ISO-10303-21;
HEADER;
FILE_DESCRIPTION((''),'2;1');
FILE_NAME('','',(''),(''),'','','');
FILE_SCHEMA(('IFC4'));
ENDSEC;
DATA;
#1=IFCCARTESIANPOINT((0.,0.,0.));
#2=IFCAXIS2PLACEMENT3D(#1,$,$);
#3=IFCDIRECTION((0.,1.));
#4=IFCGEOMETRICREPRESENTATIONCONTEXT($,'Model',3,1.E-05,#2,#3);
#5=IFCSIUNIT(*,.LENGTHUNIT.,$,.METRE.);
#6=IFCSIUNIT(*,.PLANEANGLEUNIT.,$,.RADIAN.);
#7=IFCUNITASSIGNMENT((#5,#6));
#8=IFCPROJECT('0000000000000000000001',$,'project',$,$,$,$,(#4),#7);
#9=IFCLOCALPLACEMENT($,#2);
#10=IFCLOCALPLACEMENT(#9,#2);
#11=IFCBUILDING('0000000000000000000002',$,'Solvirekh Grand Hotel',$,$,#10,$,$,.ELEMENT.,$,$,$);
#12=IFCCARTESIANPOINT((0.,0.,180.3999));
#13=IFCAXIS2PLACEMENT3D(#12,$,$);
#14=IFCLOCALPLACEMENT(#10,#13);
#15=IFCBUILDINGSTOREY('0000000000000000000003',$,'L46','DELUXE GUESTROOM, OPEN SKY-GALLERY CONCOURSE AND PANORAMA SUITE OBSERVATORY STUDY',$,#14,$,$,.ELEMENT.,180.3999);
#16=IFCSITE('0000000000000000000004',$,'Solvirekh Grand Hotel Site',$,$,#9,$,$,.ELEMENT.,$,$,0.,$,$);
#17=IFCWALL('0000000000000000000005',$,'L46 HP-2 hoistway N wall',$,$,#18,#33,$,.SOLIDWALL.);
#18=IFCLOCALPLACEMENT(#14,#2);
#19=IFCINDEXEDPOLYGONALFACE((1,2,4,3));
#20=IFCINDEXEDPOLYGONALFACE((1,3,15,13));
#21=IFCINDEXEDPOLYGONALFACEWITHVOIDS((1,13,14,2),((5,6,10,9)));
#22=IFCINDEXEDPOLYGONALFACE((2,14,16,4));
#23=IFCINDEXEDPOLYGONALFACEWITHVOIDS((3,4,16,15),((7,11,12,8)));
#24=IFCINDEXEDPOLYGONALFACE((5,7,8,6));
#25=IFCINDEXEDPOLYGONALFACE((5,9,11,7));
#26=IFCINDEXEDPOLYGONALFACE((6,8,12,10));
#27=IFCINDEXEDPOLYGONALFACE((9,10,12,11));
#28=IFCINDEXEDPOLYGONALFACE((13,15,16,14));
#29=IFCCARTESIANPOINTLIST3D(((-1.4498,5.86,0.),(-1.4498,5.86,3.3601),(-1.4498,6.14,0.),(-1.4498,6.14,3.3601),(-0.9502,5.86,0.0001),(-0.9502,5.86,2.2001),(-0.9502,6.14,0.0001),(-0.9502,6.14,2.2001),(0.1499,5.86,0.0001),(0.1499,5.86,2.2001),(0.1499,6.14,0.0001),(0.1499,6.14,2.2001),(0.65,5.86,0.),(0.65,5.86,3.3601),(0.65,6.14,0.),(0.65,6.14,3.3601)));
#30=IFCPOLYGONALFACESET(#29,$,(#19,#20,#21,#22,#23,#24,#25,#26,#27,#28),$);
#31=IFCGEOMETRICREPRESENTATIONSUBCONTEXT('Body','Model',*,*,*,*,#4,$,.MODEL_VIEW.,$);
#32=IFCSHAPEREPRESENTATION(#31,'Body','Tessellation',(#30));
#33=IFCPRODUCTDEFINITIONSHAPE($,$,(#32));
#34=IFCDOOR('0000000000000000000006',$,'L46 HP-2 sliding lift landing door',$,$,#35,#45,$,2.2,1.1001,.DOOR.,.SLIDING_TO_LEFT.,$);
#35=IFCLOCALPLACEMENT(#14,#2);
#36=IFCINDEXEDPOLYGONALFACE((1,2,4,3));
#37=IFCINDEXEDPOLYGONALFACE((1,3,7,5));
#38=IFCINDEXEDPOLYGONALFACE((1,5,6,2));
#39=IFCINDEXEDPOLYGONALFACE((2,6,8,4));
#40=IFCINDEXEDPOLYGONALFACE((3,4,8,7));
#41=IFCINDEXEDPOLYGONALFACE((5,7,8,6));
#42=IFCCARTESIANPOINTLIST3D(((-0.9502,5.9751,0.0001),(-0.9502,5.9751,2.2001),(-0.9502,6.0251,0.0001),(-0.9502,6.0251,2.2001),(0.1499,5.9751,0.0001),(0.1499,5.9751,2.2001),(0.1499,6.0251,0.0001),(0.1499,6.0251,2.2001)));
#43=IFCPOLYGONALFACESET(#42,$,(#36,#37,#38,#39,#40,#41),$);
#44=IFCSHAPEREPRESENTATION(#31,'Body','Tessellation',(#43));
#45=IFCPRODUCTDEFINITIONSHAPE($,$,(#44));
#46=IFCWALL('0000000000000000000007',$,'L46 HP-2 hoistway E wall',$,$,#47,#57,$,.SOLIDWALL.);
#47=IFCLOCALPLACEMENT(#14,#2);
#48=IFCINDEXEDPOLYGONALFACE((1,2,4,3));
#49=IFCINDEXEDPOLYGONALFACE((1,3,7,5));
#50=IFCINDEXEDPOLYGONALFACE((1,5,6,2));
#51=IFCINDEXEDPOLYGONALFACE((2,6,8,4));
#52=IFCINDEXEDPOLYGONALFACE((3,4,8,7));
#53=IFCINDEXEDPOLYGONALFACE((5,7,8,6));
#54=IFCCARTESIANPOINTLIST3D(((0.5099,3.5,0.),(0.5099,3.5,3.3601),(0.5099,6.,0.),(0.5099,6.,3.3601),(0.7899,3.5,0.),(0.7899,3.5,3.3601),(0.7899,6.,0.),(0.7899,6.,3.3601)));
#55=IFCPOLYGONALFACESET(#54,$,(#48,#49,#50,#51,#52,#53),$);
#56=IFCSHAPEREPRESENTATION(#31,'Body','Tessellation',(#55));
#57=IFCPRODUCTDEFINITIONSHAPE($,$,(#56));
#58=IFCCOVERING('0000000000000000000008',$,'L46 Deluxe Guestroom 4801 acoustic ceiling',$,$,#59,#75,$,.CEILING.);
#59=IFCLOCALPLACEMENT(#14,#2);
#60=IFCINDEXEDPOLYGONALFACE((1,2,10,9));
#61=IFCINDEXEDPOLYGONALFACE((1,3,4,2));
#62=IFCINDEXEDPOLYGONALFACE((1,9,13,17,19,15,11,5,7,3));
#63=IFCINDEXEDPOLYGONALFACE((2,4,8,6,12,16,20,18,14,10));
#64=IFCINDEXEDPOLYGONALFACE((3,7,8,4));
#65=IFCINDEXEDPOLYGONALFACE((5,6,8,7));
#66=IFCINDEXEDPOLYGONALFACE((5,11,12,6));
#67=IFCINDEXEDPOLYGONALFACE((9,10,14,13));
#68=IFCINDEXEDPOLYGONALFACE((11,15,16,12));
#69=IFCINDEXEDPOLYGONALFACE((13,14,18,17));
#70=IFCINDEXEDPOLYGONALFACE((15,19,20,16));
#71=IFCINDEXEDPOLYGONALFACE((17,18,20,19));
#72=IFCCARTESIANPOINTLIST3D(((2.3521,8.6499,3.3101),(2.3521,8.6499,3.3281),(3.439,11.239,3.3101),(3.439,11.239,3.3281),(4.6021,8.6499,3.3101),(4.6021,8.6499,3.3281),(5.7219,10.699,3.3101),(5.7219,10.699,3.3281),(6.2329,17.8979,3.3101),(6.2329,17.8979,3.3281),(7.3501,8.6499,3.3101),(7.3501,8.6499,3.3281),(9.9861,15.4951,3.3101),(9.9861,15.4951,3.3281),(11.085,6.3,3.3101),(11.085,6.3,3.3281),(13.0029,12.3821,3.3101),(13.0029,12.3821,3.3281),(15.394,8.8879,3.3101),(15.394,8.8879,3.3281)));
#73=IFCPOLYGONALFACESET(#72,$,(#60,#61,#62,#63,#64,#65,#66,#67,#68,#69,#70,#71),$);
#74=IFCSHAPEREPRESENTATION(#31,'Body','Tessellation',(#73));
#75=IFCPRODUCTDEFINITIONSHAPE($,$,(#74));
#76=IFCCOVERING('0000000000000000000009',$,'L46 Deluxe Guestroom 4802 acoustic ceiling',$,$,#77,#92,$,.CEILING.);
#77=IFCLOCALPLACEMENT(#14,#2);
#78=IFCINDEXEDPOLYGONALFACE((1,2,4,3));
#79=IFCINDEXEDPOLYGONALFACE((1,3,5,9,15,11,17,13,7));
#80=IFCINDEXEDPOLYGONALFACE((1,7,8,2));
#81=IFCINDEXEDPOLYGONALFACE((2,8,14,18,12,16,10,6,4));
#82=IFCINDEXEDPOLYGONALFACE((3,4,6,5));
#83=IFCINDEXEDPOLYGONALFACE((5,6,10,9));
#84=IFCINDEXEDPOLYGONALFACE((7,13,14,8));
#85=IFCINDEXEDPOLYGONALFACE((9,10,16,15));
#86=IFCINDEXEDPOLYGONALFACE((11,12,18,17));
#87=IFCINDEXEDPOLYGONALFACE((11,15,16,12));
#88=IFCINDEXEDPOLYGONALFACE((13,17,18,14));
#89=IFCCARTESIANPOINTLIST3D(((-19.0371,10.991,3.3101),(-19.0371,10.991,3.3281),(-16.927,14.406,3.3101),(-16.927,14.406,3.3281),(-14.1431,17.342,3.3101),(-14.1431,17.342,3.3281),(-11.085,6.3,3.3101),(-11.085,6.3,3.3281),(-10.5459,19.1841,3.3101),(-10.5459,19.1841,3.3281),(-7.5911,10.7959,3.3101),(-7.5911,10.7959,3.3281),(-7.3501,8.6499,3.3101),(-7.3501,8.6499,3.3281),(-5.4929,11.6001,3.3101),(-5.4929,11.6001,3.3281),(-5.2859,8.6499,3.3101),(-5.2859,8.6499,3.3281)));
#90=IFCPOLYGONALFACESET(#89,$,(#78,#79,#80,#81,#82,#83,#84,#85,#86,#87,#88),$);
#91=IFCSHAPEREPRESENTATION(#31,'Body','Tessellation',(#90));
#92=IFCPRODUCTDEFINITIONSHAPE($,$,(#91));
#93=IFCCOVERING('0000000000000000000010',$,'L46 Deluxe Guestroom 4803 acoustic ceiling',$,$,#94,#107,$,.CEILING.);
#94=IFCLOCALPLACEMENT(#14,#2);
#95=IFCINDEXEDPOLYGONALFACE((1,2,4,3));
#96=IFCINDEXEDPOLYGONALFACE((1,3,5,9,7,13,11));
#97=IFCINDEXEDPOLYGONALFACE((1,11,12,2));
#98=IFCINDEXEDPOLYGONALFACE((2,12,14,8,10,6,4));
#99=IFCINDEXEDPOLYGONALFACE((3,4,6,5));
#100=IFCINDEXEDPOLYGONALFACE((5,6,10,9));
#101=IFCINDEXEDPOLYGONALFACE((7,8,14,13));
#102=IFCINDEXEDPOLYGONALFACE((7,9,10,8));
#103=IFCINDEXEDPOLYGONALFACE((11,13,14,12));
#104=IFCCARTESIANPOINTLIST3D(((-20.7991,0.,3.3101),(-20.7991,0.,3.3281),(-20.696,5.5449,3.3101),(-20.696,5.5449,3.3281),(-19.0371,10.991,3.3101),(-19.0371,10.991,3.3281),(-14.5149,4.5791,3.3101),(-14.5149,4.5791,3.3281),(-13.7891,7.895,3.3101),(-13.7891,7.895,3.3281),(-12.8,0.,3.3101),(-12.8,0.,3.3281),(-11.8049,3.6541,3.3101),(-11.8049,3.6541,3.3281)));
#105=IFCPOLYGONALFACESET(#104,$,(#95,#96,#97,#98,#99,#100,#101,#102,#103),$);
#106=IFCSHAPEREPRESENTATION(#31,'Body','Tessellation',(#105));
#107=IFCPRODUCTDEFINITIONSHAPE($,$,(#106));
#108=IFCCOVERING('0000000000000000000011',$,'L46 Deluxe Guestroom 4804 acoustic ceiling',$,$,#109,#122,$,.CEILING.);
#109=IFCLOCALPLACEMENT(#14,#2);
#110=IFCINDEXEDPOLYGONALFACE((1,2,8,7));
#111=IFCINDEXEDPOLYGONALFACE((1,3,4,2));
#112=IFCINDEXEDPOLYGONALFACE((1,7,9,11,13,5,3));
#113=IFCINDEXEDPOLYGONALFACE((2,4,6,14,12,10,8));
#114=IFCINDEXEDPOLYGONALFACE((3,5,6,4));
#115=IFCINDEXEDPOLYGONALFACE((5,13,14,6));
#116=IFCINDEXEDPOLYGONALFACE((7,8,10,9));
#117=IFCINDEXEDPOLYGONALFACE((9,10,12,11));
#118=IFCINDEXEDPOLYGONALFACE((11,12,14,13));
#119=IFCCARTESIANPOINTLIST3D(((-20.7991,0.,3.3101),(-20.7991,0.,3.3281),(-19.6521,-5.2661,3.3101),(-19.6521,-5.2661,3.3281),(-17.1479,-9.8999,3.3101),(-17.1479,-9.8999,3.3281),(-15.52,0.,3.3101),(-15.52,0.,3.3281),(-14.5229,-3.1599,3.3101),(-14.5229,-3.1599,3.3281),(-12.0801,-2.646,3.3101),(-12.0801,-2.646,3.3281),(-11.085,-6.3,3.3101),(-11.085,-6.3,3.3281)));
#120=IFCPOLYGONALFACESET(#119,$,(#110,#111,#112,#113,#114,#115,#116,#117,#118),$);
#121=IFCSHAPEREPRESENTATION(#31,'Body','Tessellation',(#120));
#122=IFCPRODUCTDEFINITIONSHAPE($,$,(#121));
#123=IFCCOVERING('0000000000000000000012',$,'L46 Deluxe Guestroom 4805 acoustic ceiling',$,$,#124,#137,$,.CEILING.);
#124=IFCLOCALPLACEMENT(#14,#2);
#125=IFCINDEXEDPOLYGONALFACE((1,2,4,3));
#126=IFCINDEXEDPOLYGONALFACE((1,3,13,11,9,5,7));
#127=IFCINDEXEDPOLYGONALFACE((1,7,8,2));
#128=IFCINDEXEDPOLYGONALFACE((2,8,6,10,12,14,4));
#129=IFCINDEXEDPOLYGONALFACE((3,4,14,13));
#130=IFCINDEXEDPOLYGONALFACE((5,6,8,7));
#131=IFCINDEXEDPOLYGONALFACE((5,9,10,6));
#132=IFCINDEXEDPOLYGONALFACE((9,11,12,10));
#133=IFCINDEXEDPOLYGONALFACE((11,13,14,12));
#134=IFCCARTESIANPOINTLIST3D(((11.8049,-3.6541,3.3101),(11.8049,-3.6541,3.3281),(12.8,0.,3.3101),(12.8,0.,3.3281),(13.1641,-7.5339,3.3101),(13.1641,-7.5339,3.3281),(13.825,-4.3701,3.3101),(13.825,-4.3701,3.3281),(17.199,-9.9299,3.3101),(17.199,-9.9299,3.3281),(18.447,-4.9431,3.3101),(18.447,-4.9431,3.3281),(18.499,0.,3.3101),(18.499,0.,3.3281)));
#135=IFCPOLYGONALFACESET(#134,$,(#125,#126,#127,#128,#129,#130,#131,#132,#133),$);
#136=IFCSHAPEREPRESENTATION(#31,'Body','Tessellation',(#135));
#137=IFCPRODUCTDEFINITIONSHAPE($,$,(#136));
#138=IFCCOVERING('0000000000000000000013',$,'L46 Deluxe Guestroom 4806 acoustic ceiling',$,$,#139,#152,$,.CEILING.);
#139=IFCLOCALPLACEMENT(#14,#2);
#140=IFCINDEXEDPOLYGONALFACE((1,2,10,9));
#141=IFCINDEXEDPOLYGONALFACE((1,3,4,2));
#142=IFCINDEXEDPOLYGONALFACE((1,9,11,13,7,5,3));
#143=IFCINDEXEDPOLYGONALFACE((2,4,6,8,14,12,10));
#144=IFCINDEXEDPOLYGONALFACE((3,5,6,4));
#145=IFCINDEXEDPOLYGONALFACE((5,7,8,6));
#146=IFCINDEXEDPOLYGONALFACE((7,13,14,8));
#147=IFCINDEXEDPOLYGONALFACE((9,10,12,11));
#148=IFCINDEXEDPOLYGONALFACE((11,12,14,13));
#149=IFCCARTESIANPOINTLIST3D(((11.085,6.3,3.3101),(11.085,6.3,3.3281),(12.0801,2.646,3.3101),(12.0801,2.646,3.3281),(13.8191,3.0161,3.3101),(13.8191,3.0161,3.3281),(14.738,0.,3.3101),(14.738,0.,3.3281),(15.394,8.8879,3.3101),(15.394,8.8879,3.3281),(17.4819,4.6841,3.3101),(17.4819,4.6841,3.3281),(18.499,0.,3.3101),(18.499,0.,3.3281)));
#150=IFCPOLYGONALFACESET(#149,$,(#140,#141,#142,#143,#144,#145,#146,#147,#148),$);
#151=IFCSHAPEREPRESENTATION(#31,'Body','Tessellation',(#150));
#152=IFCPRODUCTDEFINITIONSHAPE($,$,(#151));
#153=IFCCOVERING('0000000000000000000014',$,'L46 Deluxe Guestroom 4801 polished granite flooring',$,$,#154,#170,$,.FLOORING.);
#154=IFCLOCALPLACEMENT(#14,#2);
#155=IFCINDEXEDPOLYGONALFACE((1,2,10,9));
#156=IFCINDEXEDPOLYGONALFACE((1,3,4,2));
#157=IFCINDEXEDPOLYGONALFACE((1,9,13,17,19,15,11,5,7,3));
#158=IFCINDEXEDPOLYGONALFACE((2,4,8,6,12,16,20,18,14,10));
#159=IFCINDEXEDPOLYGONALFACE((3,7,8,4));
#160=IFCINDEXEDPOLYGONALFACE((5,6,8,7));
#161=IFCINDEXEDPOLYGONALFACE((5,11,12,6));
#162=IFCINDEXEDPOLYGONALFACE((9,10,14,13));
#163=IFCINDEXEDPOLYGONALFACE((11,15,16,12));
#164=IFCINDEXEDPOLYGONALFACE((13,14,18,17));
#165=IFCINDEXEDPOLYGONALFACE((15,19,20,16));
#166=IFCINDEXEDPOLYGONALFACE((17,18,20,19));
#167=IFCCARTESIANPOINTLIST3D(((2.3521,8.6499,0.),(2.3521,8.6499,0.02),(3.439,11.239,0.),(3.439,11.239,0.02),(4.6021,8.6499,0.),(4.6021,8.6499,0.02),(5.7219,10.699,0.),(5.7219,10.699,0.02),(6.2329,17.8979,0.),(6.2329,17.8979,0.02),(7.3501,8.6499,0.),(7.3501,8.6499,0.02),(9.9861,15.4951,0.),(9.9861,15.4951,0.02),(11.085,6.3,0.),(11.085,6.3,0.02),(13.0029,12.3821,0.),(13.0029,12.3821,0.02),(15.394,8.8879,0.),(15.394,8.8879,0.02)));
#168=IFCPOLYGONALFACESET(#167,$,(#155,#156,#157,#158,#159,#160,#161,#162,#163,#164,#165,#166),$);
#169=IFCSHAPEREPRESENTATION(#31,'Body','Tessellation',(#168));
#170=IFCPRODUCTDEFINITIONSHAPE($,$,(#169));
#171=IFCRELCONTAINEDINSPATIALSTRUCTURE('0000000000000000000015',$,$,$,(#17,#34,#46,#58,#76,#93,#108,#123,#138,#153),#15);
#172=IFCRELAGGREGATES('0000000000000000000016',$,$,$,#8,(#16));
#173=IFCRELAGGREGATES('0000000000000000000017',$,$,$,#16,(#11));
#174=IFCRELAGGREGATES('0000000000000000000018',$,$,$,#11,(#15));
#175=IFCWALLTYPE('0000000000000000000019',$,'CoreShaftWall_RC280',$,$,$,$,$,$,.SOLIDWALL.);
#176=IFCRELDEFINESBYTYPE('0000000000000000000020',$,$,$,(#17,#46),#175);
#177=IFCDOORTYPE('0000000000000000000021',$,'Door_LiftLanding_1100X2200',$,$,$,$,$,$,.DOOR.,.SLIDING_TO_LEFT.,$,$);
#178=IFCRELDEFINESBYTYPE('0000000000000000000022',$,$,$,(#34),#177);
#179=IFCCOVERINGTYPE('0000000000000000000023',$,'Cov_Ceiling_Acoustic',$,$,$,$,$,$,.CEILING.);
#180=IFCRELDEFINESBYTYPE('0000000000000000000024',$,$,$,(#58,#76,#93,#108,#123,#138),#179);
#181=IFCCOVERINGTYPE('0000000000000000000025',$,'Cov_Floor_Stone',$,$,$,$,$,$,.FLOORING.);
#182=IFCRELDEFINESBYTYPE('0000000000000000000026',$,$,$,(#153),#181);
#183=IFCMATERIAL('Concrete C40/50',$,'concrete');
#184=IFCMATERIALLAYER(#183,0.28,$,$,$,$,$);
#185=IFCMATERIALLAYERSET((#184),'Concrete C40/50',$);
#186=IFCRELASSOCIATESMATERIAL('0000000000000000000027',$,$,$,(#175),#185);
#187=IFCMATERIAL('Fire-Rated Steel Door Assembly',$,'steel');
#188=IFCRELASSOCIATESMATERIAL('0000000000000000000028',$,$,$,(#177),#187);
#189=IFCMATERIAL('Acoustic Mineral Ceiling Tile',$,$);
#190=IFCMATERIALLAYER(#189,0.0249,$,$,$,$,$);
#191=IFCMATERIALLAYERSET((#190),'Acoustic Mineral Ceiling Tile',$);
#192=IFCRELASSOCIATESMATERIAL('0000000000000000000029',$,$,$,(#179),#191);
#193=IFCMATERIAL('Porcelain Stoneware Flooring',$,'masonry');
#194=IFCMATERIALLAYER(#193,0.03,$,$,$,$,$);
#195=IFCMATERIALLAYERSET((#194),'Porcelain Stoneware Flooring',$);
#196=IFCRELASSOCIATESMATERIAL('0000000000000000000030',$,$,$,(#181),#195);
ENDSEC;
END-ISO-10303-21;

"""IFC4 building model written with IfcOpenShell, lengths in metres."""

from ifc_helpers import new_model, si_unit, direction, frame, frame_2d, origin, place, context, subcontext, project, spatial, polyline, rectangle, outline, extrude, material, layer, layer_set, type_object, element, fill, save


model = new_model("IFC4")

# Units and contexts
model_context = context("Model", 3, precision=1e-05, world=origin(), true_north=direction((0.0, 1.0)))
body_context = subcontext(model_context, "Body", "Model", "MODEL_VIEW")
ifc_project = project(units=[si_unit("LENGTHUNIT", "METRE"), si_unit("PLANEANGLEUNIT", "RADIAN")], contexts=[model_context])

# Site, building, storey
site_placement = place(None, origin())
site = spatial("IfcSite", under=ifc_project, at=site_placement, Name="Solvirekh Grand Hotel Site", CompositionType="ELEMENT", RefElevation=0.0)
building_placement = place(site_placement, origin())
building = spatial("IfcBuilding", under=site, at=building_placement, Name="Solvirekh Grand Hotel", CompositionType="ELEMENT")
storey_placement = place(building_placement, frame((0.0, 0.0, 180.3999)))
storey = spatial("IfcBuildingStorey", under=building, at=storey_placement, Name="L46", Description="DELUXE GUESTROOM, OPEN SKY-GALLERY CONCOURSE AND PANORAMA SUITE OBSERVATORY STUDY", CompositionType="ELEMENT", Elevation=180.3999)

# Wall, opening, door
ifc_material_1 = material(Name="Concrete C40/50", Category="concrete")
ifc_layer_1 = layer(ifc_material_1, 0.28)
ifc_layer_set_1 = layer_set([ifc_layer_1], Name="Concrete C40/50")
wall_type = type_object("IfcWallType", Name="CoreShaftWall_RC280", PredefinedType="SOLIDWALL", material=ifc_layer_set_1)
wall_1_placement = place(storey_placement, frame((0.6499, 6.0, 0.0), z_axis=(0.0, 0.0, 1.0), x_axis=(-1.0, 0.0, 0.0)))
wall_1 = element("IfcWall", 1, at=wall_1_placement, inside=storey, type_object=wall_type, Name="L46 HP-2 hoistway N wall", PredefinedType="SOLIDWALL", context=body_context, shape_type="SweptSolid", body=[
    extrude(rectangle(XDim=2.0999, YDim=0.28, at=frame_2d((1.0498, 0.0))), origin(), (0.0, 0.0, 1.0), 3.3601),
])
opening_placement = place(wall_1_placement, frame((0.5, 0.0, 0.0)))
opening = element("IfcOpeningElement", 2, at=opening_placement, cuts=wall_1, PredefinedType="OPENING", context=body_context, shape_type="SweptSolid", body=[
    extrude(rectangle(XDim=1.1001, YDim=2.2, at=frame_2d((0.55, 1.1001))), frame((0.0, 0.1499, 0.0), z_axis=(0.0, -1.0, 0.0), x_axis=(1.0, 0.0, 0.0)), (0.0, 0.0, 1.0), 0.3),
])
ifc_material_2 = material(Name="Fire-Rated Steel Door Assembly", Category="steel")
door_type = type_object("IfcDoorType", Name="Door_LiftLanding_1100X2200", OperationType="SLIDING_TO_LEFT", PredefinedType="DOOR", material=ifc_material_2)
door_placement = place(opening_placement, origin())
door = element("IfcDoor", 3, at=door_placement, inside=storey, type_object=door_type, Name="L46 HP-2 sliding lift landing door", OperationType="SLIDING_TO_LEFT", OverallHeight=2.2, OverallWidth=1.1001, PredefinedType="DOOR", context=body_context, shape_type="SweptSolid", body=[
    extrude(rectangle(XDim=1.1001, YDim=2.2, at=frame_2d((0.55, 1.1001))), frame((0.0, 0.0249, 0.0), z_axis=(0.0, -1.0, 0.0), x_axis=(1.0, 0.0, 0.0)), (0.0, 0.0, 1.0), 0.05),
])
fill(opening, door)

# Wall
wall_2_placement = place(storey_placement, frame((0.6499, 3.5, 0.0), z_axis=(0.0, 0.0, 1.0), x_axis=(0.0, 1.0, 0.0)))
element("IfcWall", 4, at=wall_2_placement, inside=storey, type_object=wall_type, Name="L46 HP-2 hoistway E wall", PredefinedType="SOLIDWALL", context=body_context, shape_type="SweptSolid", body=[
    extrude(rectangle(XDim=2.5, YDim=0.28, at=frame_2d((1.25, 0.0))), origin(), (0.0, 0.0, 1.0), 3.3601),
])

# Coverings
ifc_material_3 = material(Name="Acoustic Mineral Ceiling Tile")
ifc_layer_2 = layer(ifc_material_3, 0.0249)
ifc_layer_set_2 = layer_set([ifc_layer_2], Name="Acoustic Mineral Ceiling Tile")
covering_type_1 = type_object("IfcCoveringType", Name="Cov_Ceiling_Acoustic", PredefinedType="CEILING", material=ifc_layer_set_2)
covering_1_placement = place(storey_placement, frame((0.0, 0.0, 3.3101)))
element("IfcCovering", 5, at=covering_1_placement, inside=storey, type_object=covering_type_1, Name="L46 Deluxe Guestroom 4801 acoustic ceiling", PredefinedType="CEILING", context=body_context, shape_type="SweptSolid", body=[
    extrude(outline(polyline([(2.3521, 8.6499), (3.439, 11.239), (5.7219, 10.699), (4.6021, 8.6499), (7.3501, 8.6499), (11.085, 6.3), (15.394, 8.8879), (13.0029, 12.3821), (9.9861, 15.4951), (6.2329, 17.8979), (2.3521, 8.6499)])), origin(), (0.0, 0.0, 1.0), 0.0181),
])
covering_2_placement = place(storey_placement, frame((0.0, 0.0, 3.3101)))
element("IfcCovering", 6, at=covering_2_placement, inside=storey, type_object=covering_type_1, Name="L46 Deluxe Guestroom 4802 acoustic ceiling", PredefinedType="CEILING", context=body_context, shape_type="SweptSolid", body=[
    extrude(outline(polyline([(-5.2859, 8.6499), (-7.5911, 10.7959), (-5.4929, 11.6001), (-10.5459, 19.1841), (-14.1431, 17.342), (-16.927, 14.406), (-19.0371, 10.991), (-11.085, 6.3), (-7.3501, 8.6499), (-5.2859, 8.6499)])), origin(), (0.0, 0.0, 1.0), 0.0181),
])
covering_3_placement = place(storey_placement, frame((0.0, 0.0, 3.3101)))
element("IfcCovering", 7, at=covering_3_placement, inside=storey, type_object=covering_type_1, Name="L46 Deluxe Guestroom 4803 acoustic ceiling", PredefinedType="CEILING", context=body_context, shape_type="SweptSolid", body=[
    extrude(outline(polyline([(-14.5149, 4.5791), (-13.7891, 7.895), (-19.0371, 10.991), (-20.696, 5.5449), (-20.7991, 0.0), (-12.8, 0.0), (-11.8049, 3.6541), (-14.5149, 4.5791)])), origin(), (0.0, 0.0, 1.0), 0.0181),
])
covering_4_placement = place(storey_placement, frame((0.0, 0.0, 3.3101)))
element("IfcCovering", 8, at=covering_4_placement, inside=storey, type_object=covering_type_1, Name="L46 Deluxe Guestroom 4804 acoustic ceiling", PredefinedType="CEILING", context=body_context, shape_type="SweptSolid", body=[
    extrude(outline(polyline([(-14.5229, -3.1599), (-15.52, 0.0), (-20.7991, 0.0), (-19.6521, -5.2661), (-17.1479, -9.8999), (-11.085, -6.3), (-12.0801, -2.646), (-14.5229, -3.1599)])), origin(), (0.0, 0.0, 1.0), 0.0181),
])
covering_5_placement = place(storey_placement, frame((0.0, 0.0, 3.3101)))
element("IfcCovering", 9, at=covering_5_placement, inside=storey, type_object=covering_type_1, Name="L46 Deluxe Guestroom 4805 acoustic ceiling", PredefinedType="CEILING", context=body_context, shape_type="SweptSolid", body=[
    extrude(outline(polyline([(13.825, -4.3701), (13.1641, -7.5339), (17.199, -9.9299), (18.447, -4.9431), (18.499, 0.0), (12.8, 0.0), (11.8049, -3.6541), (13.825, -4.3701)])), origin(), (0.0, 0.0, 1.0), 0.0181),
])
covering_6_placement = place(storey_placement, frame((0.0, 0.0, 3.3101)))
element("IfcCovering", 10, at=covering_6_placement, inside=storey, type_object=covering_type_1, Name="L46 Deluxe Guestroom 4806 acoustic ceiling", PredefinedType="CEILING", context=body_context, shape_type="SweptSolid", body=[
    extrude(outline(polyline([(13.8191, 3.0161), (14.738, 0.0), (18.499, 0.0), (17.4819, 4.6841), (15.394, 8.8879), (11.085, 6.3), (12.0801, 2.646), (13.8191, 3.0161)])), origin(), (0.0, 0.0, 1.0), 0.0181),
])
ifc_material_4 = material(Name="Porcelain Stoneware Flooring", Category="masonry")
ifc_layer_3 = layer(ifc_material_4, 0.03)
ifc_layer_set_3 = layer_set([ifc_layer_3], Name="Porcelain Stoneware Flooring")
covering_type_2 = type_object("IfcCoveringType", Name="Cov_Floor_Stone", PredefinedType="FLOORING", material=ifc_layer_set_3)
covering_7_placement = place(storey_placement, origin())
element("IfcCovering", 11, at=covering_7_placement, inside=storey, type_object=covering_type_2, Name="L46 Deluxe Guestroom 4801 polished granite flooring", PredefinedType="FLOORING", context=body_context, shape_type="SweptSolid", body=[
    extrude(outline(polyline([(2.3521, 8.6499), (3.439, 11.239), (5.7219, 10.699), (4.6021, 8.6499), (7.3501, 8.6499), (11.085, 6.3), (15.394, 8.8879), (13.0029, 12.3821), (9.9861, 15.4951), (6.2329, 17.8979), (2.3521, 8.6499)])), origin(), (0.0, 0.0, 1.0), 0.02),
])

save(model, "model.ifc")
